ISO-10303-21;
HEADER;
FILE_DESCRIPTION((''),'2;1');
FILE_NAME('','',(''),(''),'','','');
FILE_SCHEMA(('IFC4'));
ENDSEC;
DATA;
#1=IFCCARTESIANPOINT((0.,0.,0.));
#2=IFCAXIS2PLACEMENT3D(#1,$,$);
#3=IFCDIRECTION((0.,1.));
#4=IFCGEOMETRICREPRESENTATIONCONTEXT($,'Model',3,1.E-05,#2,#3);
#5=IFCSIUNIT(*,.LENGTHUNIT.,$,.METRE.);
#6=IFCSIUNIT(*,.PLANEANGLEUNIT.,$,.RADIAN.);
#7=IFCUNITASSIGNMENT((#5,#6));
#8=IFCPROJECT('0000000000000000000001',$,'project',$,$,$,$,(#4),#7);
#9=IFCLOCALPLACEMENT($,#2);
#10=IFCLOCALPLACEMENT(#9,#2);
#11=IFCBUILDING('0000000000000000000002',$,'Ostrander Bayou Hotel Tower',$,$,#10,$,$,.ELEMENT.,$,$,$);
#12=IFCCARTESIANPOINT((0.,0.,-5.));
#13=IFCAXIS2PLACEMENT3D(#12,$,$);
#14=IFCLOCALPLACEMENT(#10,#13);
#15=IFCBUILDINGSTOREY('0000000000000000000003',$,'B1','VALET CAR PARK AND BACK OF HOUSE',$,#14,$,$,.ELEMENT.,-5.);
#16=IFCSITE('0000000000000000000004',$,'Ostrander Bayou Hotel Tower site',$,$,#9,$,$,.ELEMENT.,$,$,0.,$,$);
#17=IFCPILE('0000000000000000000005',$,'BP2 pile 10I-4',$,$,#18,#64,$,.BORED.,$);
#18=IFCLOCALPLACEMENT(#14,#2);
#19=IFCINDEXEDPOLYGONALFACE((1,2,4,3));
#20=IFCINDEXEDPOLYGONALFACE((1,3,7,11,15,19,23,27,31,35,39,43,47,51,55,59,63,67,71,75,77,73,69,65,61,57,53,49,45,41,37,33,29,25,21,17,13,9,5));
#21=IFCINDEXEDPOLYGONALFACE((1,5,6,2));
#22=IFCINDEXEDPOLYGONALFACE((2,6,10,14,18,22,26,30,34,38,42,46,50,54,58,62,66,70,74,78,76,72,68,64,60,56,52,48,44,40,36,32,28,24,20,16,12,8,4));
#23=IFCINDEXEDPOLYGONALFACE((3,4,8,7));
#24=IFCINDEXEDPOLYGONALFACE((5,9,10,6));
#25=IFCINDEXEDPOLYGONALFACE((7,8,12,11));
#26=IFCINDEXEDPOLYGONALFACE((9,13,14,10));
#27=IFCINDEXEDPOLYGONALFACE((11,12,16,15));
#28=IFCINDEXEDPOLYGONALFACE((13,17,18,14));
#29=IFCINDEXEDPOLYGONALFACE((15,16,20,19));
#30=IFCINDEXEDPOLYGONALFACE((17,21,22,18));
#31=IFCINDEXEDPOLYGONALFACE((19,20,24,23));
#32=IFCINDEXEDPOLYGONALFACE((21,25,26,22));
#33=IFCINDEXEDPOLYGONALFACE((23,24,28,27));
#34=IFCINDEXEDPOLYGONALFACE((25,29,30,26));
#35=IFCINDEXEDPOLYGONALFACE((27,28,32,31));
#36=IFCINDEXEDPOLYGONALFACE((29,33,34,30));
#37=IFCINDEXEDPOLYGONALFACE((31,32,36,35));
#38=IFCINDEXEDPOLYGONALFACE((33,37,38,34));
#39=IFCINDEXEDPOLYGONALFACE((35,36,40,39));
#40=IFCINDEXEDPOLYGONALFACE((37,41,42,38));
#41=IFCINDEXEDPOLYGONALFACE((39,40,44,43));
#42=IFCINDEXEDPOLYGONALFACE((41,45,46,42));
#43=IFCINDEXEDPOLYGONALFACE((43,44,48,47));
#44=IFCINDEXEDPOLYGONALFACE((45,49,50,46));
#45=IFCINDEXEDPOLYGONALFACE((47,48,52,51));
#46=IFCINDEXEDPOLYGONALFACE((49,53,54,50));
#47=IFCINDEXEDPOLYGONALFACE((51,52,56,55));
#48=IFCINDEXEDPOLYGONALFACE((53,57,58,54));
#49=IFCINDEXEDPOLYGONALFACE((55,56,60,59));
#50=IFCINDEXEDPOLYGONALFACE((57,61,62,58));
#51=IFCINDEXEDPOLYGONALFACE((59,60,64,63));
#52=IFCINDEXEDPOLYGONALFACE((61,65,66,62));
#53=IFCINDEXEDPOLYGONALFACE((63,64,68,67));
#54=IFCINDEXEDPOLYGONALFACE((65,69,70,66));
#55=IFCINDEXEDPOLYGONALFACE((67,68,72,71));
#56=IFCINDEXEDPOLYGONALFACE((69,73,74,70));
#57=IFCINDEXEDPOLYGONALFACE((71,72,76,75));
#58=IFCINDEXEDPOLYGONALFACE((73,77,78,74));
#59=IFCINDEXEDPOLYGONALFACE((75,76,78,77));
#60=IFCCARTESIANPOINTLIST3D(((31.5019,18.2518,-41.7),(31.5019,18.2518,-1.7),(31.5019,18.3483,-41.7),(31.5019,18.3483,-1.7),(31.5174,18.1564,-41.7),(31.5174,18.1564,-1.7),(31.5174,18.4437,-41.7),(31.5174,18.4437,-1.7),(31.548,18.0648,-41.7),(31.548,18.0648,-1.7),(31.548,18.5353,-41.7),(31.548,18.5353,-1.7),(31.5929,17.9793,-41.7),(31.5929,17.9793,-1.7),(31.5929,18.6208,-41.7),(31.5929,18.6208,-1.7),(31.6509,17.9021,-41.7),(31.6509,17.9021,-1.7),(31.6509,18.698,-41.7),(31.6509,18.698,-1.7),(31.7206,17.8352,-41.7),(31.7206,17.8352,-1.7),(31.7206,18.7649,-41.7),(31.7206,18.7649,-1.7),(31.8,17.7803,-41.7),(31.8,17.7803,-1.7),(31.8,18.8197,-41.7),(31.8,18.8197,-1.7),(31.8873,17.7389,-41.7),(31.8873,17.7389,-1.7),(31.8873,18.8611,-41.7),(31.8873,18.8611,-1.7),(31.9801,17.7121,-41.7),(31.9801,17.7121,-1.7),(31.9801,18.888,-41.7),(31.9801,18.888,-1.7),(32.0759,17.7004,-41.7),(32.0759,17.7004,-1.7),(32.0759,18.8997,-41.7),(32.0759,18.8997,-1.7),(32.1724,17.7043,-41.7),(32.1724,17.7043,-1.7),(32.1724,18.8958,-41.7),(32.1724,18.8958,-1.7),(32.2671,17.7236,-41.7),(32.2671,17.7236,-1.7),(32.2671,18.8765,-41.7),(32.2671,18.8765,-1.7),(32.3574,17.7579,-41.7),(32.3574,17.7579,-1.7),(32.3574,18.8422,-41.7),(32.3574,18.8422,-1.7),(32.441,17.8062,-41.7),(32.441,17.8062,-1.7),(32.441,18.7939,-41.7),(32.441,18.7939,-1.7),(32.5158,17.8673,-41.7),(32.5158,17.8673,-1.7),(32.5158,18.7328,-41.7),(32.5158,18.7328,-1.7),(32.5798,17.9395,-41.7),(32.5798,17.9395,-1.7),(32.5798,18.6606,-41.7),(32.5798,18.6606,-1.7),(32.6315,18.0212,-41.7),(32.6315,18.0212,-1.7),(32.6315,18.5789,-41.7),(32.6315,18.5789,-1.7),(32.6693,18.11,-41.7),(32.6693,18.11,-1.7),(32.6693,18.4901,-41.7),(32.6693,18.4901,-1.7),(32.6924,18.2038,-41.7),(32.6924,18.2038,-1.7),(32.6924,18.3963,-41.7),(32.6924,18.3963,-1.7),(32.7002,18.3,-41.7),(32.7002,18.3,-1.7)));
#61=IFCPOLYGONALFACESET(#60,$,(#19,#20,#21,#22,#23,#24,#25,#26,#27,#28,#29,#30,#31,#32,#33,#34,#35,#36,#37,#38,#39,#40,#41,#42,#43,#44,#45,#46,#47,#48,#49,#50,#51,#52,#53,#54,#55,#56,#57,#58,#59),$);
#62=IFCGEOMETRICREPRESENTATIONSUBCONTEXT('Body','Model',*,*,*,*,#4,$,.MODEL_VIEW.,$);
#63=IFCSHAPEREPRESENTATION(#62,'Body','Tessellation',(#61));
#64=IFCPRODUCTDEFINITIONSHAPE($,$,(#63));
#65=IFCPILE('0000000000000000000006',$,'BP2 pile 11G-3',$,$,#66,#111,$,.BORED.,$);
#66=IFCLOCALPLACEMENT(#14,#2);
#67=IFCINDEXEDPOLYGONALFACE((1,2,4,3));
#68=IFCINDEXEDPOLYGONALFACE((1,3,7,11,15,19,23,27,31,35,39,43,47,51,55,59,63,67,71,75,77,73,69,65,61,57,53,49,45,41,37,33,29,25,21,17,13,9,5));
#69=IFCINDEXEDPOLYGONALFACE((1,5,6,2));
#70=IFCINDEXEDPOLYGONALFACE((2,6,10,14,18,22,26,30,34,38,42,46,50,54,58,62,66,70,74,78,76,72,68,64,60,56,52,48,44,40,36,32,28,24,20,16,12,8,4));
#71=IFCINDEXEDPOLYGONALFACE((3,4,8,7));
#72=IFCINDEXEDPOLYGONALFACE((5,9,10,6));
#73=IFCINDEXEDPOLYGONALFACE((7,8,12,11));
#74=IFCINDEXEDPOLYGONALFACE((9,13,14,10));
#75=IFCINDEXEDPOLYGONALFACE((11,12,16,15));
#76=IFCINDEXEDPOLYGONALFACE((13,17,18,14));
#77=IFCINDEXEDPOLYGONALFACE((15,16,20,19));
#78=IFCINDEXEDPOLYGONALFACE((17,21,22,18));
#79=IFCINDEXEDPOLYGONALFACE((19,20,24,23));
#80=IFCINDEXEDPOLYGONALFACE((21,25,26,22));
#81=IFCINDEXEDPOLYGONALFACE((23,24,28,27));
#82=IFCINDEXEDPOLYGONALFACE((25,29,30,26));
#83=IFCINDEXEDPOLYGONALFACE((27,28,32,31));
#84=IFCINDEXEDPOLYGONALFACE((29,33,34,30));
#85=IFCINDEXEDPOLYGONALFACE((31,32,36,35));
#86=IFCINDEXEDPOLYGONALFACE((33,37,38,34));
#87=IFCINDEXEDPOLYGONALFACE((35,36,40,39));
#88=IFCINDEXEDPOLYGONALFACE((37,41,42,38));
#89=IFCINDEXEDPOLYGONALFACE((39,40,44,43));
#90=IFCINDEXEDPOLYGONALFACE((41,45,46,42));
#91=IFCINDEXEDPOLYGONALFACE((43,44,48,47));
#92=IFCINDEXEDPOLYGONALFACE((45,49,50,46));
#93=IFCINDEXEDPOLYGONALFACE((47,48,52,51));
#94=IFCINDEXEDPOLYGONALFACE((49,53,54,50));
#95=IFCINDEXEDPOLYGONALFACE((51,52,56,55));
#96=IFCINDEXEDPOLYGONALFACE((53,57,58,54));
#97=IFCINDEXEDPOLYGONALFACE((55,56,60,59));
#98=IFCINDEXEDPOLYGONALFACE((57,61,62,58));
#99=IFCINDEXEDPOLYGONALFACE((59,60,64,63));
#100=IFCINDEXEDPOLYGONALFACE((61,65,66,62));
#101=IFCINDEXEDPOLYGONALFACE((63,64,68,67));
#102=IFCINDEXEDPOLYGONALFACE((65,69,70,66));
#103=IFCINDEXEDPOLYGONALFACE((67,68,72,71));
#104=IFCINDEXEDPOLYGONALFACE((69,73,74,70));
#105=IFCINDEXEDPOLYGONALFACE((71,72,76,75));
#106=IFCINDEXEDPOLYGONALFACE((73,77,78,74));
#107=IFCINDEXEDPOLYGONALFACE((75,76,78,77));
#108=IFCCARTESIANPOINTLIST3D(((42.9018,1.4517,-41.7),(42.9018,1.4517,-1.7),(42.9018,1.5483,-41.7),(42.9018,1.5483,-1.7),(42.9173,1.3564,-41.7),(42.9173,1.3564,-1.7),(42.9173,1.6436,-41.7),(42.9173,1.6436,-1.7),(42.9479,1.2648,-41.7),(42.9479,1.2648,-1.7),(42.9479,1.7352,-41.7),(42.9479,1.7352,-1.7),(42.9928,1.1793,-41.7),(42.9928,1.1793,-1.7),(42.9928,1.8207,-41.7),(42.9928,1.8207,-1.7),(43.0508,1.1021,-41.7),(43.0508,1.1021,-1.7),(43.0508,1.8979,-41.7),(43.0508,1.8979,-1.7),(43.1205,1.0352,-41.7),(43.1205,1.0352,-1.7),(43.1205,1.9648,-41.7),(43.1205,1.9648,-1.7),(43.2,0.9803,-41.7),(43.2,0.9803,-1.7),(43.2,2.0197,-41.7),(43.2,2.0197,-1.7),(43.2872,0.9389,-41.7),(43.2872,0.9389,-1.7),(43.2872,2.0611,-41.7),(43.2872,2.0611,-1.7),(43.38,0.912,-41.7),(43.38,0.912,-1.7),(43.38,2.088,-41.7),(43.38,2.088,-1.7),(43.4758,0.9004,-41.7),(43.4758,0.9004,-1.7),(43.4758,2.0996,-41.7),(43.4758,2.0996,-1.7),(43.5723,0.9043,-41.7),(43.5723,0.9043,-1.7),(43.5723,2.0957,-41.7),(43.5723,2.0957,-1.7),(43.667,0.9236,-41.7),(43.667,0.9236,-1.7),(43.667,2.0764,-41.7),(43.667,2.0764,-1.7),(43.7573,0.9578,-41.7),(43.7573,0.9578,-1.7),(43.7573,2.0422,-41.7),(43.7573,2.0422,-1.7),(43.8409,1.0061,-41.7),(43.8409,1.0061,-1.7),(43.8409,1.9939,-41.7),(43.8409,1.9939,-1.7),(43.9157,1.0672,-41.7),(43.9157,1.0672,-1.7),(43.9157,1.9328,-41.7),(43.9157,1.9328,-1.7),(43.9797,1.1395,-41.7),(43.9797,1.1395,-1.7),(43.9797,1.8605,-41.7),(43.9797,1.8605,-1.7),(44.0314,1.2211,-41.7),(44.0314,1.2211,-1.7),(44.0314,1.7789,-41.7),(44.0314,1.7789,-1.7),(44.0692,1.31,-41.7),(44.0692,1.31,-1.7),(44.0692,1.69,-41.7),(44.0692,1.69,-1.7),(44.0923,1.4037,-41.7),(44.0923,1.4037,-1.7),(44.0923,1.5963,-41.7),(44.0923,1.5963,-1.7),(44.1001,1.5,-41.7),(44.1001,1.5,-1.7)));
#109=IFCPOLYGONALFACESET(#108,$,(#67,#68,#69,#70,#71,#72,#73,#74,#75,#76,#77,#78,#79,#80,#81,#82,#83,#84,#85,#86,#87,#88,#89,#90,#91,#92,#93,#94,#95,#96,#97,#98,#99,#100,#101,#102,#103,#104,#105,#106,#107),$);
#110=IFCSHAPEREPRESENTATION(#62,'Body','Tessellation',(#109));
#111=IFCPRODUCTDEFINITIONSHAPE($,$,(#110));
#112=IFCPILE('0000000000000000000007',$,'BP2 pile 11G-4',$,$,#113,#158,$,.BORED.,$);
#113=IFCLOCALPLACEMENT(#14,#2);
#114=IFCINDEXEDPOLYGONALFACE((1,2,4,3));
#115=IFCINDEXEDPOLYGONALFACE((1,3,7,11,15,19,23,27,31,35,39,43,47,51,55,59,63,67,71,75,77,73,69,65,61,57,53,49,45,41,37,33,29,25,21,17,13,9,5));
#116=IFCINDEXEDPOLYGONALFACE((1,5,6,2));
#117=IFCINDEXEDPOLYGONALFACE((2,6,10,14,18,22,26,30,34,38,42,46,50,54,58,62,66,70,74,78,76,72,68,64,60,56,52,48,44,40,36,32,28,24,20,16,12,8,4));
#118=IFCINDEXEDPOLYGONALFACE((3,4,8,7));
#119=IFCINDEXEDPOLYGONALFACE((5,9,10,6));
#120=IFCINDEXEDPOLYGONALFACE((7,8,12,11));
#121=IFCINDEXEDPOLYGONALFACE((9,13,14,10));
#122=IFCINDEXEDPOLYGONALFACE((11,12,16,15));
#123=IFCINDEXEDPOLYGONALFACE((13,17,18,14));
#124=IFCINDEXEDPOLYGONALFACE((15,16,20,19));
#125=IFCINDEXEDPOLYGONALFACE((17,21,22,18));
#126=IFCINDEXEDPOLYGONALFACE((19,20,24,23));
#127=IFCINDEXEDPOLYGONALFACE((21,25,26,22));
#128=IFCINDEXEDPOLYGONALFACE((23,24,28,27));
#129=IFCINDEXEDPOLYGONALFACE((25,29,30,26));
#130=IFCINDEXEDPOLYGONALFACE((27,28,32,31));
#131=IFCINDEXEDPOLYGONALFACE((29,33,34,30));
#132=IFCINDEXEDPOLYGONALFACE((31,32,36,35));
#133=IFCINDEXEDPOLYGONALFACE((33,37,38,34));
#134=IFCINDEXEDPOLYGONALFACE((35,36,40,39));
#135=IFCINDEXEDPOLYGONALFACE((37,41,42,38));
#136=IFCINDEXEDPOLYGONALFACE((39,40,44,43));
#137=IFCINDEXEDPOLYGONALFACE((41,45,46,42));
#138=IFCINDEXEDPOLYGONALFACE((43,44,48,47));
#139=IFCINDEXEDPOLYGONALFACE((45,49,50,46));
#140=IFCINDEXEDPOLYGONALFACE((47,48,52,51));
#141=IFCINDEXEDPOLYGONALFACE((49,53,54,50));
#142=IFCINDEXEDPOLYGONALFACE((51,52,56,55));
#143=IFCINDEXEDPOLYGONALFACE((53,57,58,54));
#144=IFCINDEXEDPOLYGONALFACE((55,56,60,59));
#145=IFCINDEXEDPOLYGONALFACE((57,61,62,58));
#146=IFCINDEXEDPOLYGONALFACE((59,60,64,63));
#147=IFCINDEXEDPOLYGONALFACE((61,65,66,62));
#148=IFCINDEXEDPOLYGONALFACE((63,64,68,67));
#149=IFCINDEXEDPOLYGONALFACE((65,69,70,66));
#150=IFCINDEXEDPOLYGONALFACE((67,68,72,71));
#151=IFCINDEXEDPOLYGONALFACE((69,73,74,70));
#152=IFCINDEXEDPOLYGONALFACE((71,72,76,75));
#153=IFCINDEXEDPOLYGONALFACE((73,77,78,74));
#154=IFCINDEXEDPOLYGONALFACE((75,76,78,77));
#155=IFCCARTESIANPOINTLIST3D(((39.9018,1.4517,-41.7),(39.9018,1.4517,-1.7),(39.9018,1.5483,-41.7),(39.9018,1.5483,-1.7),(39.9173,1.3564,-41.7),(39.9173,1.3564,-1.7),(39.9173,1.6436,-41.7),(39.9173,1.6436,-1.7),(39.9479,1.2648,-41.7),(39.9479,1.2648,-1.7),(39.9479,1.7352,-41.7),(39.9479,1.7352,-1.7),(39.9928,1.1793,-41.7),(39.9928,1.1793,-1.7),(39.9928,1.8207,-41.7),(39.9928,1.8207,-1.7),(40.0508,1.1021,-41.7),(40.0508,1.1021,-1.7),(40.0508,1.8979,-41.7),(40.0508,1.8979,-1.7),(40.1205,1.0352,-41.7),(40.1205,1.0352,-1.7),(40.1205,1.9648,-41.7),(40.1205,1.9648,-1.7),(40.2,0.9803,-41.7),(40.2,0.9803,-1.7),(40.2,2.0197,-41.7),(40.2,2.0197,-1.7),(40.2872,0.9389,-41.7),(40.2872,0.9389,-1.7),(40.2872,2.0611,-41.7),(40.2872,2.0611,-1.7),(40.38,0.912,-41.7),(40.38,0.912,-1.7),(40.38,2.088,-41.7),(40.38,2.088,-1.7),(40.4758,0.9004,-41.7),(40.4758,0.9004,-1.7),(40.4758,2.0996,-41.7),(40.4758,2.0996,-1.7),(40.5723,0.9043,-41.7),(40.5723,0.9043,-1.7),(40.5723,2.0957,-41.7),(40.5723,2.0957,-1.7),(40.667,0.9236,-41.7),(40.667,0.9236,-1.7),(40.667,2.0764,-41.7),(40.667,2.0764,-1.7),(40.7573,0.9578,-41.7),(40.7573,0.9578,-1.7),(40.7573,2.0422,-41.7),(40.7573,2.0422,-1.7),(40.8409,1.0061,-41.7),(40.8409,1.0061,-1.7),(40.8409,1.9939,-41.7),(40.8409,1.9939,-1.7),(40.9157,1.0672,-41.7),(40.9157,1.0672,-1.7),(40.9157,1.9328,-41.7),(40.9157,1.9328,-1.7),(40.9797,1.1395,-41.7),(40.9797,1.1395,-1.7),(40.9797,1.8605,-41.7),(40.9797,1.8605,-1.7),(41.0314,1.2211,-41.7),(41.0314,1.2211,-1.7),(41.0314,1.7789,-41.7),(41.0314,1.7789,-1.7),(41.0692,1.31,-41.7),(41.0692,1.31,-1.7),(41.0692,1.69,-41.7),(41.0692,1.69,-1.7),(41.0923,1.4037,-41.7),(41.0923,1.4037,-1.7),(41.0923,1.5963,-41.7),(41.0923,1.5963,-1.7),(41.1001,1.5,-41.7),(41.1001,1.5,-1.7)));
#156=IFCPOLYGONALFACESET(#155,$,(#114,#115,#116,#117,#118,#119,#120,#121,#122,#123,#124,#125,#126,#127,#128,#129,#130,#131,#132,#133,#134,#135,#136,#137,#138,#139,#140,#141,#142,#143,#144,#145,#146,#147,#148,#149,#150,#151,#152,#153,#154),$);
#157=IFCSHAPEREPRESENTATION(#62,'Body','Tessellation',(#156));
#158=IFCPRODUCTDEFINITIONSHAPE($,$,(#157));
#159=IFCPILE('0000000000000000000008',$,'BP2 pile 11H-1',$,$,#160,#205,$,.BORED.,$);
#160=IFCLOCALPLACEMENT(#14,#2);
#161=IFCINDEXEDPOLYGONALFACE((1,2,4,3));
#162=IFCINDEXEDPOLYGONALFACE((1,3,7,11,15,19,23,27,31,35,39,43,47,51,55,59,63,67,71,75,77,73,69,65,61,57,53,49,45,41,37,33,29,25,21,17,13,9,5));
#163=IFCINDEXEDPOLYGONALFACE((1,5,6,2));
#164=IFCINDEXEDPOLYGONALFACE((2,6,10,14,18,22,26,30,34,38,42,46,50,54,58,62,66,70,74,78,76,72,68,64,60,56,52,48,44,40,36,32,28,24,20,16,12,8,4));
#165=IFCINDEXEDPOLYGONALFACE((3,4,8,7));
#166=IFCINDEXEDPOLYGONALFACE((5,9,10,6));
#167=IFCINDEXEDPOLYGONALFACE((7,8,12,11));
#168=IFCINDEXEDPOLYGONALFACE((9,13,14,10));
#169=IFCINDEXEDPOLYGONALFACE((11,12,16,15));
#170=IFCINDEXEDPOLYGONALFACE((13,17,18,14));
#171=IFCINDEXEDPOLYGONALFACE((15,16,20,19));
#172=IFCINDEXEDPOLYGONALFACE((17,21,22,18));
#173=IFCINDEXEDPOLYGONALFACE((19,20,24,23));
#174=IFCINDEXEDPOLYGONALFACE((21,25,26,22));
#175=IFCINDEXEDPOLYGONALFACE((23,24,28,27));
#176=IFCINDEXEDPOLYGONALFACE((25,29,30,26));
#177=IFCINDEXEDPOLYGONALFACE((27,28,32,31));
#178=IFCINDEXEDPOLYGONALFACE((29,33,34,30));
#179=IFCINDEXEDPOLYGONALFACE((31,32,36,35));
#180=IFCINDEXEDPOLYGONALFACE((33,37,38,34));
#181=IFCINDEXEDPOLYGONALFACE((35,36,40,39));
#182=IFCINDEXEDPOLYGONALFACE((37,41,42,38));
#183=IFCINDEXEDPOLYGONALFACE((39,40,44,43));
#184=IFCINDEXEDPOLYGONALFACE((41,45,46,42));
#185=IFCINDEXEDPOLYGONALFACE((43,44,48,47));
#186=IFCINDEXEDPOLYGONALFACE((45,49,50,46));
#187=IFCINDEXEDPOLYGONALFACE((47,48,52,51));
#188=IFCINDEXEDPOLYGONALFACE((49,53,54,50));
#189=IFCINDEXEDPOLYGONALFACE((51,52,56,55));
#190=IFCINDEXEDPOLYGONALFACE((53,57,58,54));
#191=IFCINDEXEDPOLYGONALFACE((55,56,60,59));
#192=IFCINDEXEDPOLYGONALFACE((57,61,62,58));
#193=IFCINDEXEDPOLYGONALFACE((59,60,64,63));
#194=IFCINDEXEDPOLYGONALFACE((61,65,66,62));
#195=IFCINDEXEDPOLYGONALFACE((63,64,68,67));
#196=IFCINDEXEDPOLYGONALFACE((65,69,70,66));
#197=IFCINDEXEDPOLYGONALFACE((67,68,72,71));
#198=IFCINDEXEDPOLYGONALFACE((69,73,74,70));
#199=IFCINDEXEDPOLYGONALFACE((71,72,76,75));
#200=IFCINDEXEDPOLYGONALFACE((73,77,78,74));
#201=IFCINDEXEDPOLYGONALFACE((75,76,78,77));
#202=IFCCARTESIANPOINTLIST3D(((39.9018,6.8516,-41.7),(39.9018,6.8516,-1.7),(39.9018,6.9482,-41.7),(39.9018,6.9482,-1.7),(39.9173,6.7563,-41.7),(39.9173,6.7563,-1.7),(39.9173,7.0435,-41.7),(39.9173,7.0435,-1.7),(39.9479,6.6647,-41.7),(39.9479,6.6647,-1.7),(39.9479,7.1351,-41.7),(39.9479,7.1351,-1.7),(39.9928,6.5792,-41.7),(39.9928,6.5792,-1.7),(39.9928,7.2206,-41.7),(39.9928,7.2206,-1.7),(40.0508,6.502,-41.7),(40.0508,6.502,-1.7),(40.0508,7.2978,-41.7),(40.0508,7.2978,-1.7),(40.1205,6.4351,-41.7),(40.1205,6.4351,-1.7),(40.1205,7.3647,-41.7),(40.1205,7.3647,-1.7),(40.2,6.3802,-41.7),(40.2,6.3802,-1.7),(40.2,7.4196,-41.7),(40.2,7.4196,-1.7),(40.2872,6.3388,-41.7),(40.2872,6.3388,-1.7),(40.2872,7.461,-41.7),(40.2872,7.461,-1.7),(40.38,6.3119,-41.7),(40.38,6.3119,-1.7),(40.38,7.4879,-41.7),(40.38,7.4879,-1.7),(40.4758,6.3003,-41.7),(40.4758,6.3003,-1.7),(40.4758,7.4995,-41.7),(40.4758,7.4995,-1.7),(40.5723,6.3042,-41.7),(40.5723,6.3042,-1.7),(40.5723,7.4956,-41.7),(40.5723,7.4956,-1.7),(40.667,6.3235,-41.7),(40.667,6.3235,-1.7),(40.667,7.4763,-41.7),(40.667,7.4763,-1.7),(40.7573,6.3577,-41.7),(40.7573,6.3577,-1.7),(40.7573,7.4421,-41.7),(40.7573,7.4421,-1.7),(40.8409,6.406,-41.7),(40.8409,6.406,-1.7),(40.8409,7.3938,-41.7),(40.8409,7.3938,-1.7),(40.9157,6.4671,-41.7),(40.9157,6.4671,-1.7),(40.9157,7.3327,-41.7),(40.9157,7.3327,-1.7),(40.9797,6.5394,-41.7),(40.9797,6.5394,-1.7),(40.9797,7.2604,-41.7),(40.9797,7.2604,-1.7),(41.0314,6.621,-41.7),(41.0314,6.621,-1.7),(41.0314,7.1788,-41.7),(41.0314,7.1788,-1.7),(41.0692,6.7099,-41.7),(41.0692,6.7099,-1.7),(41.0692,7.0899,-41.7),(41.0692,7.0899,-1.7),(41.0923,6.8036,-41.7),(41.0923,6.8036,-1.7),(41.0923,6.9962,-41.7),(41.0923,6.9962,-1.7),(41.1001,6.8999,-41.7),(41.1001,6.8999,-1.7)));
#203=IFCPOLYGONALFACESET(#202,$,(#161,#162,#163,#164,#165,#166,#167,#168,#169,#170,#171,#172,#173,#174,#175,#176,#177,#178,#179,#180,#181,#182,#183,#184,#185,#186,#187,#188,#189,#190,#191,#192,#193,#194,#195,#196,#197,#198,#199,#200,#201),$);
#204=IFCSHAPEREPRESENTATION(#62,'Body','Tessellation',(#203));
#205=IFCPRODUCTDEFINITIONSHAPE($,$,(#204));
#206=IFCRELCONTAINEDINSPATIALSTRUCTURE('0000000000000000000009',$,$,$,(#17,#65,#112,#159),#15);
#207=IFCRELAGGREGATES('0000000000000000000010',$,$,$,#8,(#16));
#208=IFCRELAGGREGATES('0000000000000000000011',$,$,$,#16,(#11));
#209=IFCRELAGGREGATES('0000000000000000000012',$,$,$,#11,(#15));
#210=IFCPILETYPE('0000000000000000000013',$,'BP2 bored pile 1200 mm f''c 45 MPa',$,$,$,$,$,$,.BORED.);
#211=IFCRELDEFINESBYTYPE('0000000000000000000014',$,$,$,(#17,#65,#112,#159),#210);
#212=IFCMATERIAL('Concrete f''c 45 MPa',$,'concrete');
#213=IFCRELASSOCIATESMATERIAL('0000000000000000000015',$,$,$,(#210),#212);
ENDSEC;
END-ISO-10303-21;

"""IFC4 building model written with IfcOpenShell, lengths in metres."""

from ifc_helpers import new_model, si_unit, direction, frame, origin, origin_2d, place, context, subcontext, project, spatial, circle, extrude, material, material_profile, profile_set, type_object, element, save


model = new_model("IFC4")

# Units and contexts
model_context = context("Model", 3, precision=1e-05, world=origin(), true_north=direction((0.0, 1.0)))
body_context = subcontext(model_context, "Body", "Model", "MODEL_VIEW")
ifc_project = project(units=[si_unit("LENGTHUNIT", "METRE"), si_unit("PLANEANGLEUNIT", "RADIAN")], contexts=[model_context])

# Site, building, storey
site_placement = place(None, origin())
site = spatial("IfcSite", under=ifc_project, at=site_placement, Name="Ostrander Bayou Hotel Tower site", CompositionType="ELEMENT", RefElevation=0.0)
building_placement = place(site_placement, origin())
building = spatial("IfcBuilding", under=site, at=building_placement, Name="Ostrander Bayou Hotel Tower", CompositionType="ELEMENT")
storey_placement = place(building_placement, frame((0.0, 0.0, -5.0)))
storey = spatial("IfcBuildingStorey", under=building, at=storey_placement, Name="B1", Description="VALET CAR PARK AND BACK OF HOUSE", CompositionType="ELEMENT", Elevation=-5.0)

# Piles
ifc_material_1 = material(Name="Concrete f'c 45 MPa", Category="concrete")
ifc_material_profile_1 = material_profile(ifc_material_1, circle(Radius=0.6001, at=origin_2d()))
ifc_profile_set_1 = profile_set([ifc_material_profile_1], Name="Concrete f'c 45 MPa")
pile_type_1 = type_object("IfcPileType", Name="BP2 bored pile 1200 mm f'c 45 MPa", PredefinedType="BORED", material=ifc_profile_set_1)
for number, where, z_axis, x_axis, name in (
    (1, (32.1001, 18.3, -1.7), (0.0, 0.0, -1.0), (1.0, 0.0, 0.0), "BP2 pile 10I-4"),
    (2, (43.5, 1.5, -1.7), (0.0, 0.0, -1.0), (1.0, 0.0, 0.0), "BP2 pile 11G-3"),
    (3, (40.5, 1.5, -1.7), (0.0, 0.0, -1.0), (1.0, 0.0, 0.0), "BP2 pile 11G-4"),
    (4, (40.5, 6.8999, -1.7), (0.0, 0.0, -1.0), (1.0, 0.0, 0.0), "BP2 pile 11H-1"),
):
    element("IfcPile", number, at=place(storey_placement, frame(where, z_axis=z_axis, x_axis=x_axis)), inside=storey, type_object=pile_type_1, Name=name, PredefinedType="BORED", context=body_context, shape_type="SweptSolid", body=[
        extrude(circle(Radius=0.6001, at=origin_2d()), origin(), (0.0, 0.0, 1.0), 40.0),
    ])

save(model, "model.ifc")
